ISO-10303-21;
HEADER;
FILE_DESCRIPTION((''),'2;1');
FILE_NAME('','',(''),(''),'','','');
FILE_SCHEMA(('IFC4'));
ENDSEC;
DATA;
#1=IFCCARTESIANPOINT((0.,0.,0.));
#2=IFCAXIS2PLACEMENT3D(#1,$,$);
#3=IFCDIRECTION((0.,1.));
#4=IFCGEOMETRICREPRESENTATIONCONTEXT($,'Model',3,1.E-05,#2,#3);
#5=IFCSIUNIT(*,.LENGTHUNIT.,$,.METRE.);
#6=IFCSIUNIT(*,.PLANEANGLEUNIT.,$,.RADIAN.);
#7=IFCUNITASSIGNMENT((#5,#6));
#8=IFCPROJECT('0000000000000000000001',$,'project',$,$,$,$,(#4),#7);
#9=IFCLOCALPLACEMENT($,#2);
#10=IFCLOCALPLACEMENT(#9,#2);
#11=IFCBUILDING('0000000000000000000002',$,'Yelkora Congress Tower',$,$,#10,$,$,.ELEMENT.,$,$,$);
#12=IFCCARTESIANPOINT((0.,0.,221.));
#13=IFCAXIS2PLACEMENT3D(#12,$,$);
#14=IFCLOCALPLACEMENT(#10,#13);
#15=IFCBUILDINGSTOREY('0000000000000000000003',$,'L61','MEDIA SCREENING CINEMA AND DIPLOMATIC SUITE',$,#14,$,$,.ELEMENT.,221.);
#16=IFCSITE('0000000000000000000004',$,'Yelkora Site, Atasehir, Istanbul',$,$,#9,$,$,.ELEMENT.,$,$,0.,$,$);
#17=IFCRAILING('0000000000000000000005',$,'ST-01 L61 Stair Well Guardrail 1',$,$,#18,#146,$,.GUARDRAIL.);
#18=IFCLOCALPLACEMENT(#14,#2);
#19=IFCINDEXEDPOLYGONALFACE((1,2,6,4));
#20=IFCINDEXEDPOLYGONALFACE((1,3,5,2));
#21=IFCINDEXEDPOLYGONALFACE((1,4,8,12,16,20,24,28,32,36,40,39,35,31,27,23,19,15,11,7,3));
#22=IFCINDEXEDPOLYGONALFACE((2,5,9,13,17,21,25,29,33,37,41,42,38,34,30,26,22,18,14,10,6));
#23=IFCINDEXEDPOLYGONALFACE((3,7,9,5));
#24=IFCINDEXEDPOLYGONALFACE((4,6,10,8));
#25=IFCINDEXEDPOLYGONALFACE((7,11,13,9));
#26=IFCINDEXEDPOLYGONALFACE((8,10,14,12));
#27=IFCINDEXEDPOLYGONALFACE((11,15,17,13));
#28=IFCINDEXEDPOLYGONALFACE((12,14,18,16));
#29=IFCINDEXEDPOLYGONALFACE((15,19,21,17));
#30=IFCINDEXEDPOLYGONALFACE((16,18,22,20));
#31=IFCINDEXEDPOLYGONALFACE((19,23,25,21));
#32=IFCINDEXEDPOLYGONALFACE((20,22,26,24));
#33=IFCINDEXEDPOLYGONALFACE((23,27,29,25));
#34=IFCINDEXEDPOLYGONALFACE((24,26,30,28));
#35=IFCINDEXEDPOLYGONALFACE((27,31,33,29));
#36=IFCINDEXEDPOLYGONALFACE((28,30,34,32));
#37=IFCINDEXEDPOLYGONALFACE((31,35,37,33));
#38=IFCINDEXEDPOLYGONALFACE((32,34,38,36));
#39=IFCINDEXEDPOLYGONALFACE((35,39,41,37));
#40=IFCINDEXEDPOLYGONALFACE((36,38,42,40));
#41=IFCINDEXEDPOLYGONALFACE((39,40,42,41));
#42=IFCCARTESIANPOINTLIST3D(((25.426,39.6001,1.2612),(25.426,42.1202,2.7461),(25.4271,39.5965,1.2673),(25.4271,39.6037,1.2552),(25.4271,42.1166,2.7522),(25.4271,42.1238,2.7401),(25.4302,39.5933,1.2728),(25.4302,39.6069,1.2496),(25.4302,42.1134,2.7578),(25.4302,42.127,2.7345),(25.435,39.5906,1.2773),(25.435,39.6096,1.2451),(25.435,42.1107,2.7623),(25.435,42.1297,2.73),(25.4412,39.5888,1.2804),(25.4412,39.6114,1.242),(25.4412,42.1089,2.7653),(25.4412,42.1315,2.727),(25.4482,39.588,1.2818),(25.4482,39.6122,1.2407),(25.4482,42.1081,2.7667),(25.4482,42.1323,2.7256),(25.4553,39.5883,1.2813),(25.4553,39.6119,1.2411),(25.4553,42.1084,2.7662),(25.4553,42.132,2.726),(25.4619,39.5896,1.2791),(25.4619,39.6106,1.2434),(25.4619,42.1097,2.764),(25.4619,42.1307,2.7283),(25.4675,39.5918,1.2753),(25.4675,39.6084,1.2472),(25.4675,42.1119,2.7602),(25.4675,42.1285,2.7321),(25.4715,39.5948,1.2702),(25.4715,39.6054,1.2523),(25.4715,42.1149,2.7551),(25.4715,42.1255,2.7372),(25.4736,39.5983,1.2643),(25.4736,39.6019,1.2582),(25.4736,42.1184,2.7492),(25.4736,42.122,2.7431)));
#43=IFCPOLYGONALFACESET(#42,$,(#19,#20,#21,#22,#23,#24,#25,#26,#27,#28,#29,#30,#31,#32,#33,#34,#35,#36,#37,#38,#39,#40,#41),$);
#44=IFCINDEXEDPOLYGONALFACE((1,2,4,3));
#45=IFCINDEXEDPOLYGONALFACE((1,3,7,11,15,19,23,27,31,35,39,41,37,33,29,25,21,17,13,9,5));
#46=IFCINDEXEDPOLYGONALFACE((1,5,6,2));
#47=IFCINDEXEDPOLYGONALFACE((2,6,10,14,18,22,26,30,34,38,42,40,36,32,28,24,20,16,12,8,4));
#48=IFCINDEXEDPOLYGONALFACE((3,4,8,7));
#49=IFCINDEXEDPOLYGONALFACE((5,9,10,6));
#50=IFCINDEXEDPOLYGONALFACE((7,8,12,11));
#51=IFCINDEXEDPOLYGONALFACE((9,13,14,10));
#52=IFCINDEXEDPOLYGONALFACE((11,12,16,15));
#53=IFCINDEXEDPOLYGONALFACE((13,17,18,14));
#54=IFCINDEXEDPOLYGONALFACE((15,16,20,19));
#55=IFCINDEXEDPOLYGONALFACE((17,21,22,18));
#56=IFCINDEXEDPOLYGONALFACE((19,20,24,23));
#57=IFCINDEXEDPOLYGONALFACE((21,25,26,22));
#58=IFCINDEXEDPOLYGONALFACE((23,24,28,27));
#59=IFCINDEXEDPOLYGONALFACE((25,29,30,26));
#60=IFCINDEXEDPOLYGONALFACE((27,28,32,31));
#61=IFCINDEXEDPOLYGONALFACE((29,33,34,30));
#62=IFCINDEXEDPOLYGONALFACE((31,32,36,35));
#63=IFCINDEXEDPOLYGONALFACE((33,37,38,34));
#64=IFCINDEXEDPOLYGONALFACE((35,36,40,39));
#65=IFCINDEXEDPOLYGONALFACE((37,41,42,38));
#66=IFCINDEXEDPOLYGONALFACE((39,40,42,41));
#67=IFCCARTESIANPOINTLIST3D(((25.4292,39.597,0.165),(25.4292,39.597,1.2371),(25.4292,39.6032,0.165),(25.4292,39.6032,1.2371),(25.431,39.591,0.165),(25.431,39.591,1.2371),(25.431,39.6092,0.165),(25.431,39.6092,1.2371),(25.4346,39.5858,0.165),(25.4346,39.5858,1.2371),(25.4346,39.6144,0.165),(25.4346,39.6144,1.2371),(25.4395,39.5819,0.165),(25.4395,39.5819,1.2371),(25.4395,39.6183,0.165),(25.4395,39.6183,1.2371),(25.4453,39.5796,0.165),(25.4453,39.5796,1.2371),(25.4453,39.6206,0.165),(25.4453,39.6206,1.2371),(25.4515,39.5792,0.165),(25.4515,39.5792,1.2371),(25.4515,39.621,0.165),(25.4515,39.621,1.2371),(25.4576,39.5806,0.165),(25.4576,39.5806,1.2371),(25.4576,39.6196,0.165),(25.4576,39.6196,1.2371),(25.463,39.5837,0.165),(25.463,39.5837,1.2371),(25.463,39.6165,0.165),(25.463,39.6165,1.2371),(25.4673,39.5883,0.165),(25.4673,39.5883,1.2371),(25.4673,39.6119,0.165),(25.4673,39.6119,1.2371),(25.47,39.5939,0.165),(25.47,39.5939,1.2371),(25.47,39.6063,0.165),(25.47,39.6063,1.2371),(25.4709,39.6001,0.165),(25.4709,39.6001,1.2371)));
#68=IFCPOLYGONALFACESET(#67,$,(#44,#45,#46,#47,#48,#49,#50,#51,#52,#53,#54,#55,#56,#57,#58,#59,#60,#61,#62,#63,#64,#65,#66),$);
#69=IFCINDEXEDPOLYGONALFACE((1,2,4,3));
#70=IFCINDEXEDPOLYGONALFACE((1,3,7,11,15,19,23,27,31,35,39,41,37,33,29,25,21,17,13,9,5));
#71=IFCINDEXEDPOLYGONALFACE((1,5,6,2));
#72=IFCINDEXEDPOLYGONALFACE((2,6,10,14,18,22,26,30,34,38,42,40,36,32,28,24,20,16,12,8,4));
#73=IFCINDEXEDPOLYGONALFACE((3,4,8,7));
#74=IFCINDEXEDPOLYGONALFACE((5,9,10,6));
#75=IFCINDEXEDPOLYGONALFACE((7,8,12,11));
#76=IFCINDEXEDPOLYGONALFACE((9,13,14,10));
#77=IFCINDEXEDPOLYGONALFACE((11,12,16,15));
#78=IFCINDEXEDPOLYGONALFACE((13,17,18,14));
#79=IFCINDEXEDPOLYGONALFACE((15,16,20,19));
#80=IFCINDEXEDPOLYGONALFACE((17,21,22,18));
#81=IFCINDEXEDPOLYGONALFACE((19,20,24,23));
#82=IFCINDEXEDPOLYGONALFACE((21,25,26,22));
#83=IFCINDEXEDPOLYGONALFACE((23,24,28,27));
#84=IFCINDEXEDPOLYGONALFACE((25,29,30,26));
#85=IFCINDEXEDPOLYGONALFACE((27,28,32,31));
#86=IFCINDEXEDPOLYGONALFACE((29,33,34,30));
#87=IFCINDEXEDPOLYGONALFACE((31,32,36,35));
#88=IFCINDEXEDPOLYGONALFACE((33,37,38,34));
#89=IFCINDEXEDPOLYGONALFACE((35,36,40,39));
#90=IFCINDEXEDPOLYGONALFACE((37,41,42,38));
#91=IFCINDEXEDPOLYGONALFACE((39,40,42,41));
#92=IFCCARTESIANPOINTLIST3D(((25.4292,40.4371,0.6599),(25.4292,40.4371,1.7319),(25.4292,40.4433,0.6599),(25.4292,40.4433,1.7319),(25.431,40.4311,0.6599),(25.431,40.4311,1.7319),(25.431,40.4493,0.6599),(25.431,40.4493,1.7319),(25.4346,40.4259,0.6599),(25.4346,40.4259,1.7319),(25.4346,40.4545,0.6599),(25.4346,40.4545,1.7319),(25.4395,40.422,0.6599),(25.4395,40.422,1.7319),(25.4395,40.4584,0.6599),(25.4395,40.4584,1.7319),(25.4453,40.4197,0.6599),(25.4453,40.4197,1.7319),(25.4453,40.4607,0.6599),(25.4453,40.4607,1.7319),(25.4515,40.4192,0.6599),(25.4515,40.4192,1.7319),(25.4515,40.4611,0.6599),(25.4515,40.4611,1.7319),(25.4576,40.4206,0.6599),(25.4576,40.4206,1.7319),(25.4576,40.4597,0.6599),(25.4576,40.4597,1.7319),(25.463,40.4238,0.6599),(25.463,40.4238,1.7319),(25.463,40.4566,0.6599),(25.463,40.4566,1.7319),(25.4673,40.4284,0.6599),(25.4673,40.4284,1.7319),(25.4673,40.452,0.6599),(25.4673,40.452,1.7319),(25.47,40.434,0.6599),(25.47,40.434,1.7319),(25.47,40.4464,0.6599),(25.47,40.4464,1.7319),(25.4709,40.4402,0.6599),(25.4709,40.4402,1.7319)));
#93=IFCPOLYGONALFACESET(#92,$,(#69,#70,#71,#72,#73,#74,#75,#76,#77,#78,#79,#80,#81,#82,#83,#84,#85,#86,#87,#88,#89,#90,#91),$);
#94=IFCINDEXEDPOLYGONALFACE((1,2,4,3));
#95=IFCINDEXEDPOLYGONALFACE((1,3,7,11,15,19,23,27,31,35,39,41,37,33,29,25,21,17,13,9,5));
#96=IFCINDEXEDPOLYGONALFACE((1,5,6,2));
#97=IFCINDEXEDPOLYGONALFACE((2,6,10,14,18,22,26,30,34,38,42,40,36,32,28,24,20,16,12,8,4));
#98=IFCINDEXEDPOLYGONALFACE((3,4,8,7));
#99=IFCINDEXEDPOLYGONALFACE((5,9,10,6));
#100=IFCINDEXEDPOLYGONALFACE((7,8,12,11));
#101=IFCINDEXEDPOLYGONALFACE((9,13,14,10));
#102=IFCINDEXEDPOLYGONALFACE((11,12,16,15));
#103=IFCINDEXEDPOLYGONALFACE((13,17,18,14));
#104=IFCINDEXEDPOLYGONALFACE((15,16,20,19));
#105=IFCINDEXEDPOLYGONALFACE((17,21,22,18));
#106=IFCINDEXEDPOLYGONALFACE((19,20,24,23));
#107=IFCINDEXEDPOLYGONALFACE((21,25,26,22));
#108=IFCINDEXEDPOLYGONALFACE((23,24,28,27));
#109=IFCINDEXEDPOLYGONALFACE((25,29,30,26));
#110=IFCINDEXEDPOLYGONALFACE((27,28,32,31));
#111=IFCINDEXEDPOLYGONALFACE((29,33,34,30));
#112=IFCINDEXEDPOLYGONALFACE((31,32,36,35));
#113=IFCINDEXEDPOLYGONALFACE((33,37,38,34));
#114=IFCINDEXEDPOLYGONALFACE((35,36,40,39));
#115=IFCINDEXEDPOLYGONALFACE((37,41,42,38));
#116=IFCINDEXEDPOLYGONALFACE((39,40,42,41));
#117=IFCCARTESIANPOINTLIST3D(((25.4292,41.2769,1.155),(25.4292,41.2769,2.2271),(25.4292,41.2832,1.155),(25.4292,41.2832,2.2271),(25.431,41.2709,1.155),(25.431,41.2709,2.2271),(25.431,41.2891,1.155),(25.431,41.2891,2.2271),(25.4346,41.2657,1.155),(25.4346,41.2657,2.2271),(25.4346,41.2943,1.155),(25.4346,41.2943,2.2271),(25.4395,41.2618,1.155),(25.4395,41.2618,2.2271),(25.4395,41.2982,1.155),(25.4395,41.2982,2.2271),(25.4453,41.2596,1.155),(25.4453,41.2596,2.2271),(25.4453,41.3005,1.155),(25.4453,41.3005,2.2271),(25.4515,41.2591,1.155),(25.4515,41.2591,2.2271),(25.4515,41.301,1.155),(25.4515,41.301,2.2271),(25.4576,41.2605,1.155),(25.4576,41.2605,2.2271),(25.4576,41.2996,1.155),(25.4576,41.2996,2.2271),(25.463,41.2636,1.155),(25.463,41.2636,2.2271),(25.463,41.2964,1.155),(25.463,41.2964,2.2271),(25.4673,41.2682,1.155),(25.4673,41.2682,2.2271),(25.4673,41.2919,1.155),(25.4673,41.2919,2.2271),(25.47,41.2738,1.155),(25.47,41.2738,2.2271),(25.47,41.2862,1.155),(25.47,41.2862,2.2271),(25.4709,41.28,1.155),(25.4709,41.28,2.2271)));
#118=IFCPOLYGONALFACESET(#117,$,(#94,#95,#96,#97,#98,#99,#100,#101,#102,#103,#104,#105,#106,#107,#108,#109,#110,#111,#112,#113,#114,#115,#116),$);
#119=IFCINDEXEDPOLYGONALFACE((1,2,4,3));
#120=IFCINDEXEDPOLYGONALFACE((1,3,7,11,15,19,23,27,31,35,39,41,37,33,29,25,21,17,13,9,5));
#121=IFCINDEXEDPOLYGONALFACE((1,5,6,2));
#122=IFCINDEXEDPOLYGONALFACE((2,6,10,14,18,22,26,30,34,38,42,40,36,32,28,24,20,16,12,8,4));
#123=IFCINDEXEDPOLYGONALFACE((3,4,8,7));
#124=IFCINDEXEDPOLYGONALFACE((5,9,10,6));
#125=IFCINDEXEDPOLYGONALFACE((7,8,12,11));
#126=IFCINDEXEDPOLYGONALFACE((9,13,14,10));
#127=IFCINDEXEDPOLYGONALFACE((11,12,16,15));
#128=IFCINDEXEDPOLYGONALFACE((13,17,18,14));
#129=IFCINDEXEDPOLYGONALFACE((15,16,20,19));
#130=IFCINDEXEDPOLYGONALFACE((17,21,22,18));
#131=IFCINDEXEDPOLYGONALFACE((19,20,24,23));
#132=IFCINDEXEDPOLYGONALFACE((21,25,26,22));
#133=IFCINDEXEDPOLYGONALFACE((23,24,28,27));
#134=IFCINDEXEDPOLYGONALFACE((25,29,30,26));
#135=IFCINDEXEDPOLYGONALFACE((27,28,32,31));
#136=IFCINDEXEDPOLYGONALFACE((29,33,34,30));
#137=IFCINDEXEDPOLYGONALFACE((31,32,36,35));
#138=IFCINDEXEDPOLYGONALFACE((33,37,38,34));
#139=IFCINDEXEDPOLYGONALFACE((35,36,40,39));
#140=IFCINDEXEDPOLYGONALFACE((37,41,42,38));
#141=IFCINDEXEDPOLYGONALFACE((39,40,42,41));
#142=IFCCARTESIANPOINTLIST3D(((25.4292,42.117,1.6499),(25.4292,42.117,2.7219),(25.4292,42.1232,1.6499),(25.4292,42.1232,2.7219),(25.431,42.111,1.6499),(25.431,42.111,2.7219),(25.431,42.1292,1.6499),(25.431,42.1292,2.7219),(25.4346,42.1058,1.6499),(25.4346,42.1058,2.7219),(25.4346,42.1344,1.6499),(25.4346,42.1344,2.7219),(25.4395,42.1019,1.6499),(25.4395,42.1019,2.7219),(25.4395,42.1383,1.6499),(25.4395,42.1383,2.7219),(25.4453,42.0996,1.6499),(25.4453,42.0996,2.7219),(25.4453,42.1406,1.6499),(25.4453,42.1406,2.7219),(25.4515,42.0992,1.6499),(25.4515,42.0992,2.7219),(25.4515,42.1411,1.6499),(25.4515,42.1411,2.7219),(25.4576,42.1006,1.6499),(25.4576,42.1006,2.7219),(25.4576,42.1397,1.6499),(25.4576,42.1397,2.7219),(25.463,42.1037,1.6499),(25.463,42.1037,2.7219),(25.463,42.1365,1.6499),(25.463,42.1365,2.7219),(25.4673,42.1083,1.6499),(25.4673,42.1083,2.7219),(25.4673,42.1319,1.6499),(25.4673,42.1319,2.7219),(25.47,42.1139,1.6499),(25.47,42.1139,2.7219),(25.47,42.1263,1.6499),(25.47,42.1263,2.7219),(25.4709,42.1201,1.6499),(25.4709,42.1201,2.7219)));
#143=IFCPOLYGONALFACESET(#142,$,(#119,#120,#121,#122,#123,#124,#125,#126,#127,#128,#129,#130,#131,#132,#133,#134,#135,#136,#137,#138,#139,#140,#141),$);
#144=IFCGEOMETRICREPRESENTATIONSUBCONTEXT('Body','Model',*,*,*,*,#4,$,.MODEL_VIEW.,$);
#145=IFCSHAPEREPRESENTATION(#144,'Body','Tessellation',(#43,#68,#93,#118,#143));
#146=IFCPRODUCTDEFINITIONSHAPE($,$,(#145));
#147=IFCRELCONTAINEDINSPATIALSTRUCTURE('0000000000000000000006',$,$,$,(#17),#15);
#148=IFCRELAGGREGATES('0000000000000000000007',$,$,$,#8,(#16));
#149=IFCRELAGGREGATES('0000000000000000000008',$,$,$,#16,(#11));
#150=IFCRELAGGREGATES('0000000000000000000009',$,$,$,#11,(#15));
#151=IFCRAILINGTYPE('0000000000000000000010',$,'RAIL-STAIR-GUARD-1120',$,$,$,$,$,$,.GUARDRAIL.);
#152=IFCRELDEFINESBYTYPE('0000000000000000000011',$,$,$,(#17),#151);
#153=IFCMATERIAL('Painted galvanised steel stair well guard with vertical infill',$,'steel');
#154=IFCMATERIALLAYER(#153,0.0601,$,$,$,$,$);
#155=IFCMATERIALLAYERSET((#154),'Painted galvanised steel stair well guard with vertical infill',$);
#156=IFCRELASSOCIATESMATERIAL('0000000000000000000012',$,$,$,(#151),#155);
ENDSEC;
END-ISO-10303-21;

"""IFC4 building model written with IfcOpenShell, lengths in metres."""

from ifc_helpers import new_model, si_unit, direction, frame, origin, origin_2d, place, context, subcontext, project, spatial, circle, extrude, material, layer, layer_set, type_object, element, save


model = new_model("IFC4")

# Units and contexts
model_context = context("Model", 3, precision=1e-05, world=origin(), true_north=direction((0.0, 1.0)))
body_context = subcontext(model_context, "Body", "Model", "MODEL_VIEW")
ifc_project = project(units=[si_unit("LENGTHUNIT", "METRE"), si_unit("PLANEANGLEUNIT", "RADIAN")], contexts=[model_context])

# Site, building, storey
site_placement = place(None, origin())
site = spatial("IfcSite", under=ifc_project, at=site_placement, Name="Yelkora Site, Atasehir, Istanbul", CompositionType="ELEMENT", RefElevation=0.0)
building_placement = place(site_placement, origin())
building = spatial("IfcBuilding", under=site, at=building_placement, Name="Yelkora Congress Tower", CompositionType="ELEMENT")
storey_placement = place(building_placement, frame((0.0, 0.0, 221.0)))
storey = spatial("IfcBuildingStorey", under=building, at=storey_placement, Name="L61", Description="MEDIA SCREENING CINEMA AND DIPLOMATIC SUITE", CompositionType="ELEMENT", Elevation=221.0)

# Railing
ifc_material_1 = material(Name="Painted galvanised steel stair well guard with vertical infill", Category="steel")
ifc_layer_1 = layer(ifc_material_1, 0.0601)
ifc_layer_set_1 = layer_set([ifc_layer_1], Name="Painted galvanised steel stair well guard with vertical infill")
railing_type_1 = type_object("IfcRailingType", Name="RAIL-STAIR-GUARD-1120", PredefinedType="GUARDRAIL", material=ifc_layer_set_1)
railing_1_placement = place(storey_placement, frame((25.45, 39.6001, 0.165)))
element("IfcRailing", 1, at=railing_1_placement, inside=storey, type_object=railing_type_1, Name="ST-01 L61 Stair Well Guardrail 1", PredefinedType="GUARDRAIL", context=body_context, shape_type="SweptSolid", body=[
    extrude(circle(Radius=0.0239, at=origin_2d()), frame((0.0, 0.0, 1.0962), z_axis=(0.0, 0.861561, 0.507655), x_axis=(-1.0, 0.0, 0.0)), (0.0, 0.0, 1.0), 2.925),
    extrude(circle(Radius=0.021, at=origin_2d()), origin(), (0.0, 0.0, 1.0), 1.072),
    extrude(circle(Radius=0.021, at=origin_2d()), frame((0.0, 0.8401, 0.4949)), (0.0, 0.0, 1.0), 1.072),
    extrude(circle(Radius=0.021, at=origin_2d()), frame((0.0, 1.6799, 0.99)), (0.0, 0.0, 1.0), 1.072),
    extrude(circle(Radius=0.021, at=origin_2d()), frame((0.0, 2.52, 1.4849)), (0.0, 0.0, 1.0), 1.072),
])

save(model, "model.ifc")
